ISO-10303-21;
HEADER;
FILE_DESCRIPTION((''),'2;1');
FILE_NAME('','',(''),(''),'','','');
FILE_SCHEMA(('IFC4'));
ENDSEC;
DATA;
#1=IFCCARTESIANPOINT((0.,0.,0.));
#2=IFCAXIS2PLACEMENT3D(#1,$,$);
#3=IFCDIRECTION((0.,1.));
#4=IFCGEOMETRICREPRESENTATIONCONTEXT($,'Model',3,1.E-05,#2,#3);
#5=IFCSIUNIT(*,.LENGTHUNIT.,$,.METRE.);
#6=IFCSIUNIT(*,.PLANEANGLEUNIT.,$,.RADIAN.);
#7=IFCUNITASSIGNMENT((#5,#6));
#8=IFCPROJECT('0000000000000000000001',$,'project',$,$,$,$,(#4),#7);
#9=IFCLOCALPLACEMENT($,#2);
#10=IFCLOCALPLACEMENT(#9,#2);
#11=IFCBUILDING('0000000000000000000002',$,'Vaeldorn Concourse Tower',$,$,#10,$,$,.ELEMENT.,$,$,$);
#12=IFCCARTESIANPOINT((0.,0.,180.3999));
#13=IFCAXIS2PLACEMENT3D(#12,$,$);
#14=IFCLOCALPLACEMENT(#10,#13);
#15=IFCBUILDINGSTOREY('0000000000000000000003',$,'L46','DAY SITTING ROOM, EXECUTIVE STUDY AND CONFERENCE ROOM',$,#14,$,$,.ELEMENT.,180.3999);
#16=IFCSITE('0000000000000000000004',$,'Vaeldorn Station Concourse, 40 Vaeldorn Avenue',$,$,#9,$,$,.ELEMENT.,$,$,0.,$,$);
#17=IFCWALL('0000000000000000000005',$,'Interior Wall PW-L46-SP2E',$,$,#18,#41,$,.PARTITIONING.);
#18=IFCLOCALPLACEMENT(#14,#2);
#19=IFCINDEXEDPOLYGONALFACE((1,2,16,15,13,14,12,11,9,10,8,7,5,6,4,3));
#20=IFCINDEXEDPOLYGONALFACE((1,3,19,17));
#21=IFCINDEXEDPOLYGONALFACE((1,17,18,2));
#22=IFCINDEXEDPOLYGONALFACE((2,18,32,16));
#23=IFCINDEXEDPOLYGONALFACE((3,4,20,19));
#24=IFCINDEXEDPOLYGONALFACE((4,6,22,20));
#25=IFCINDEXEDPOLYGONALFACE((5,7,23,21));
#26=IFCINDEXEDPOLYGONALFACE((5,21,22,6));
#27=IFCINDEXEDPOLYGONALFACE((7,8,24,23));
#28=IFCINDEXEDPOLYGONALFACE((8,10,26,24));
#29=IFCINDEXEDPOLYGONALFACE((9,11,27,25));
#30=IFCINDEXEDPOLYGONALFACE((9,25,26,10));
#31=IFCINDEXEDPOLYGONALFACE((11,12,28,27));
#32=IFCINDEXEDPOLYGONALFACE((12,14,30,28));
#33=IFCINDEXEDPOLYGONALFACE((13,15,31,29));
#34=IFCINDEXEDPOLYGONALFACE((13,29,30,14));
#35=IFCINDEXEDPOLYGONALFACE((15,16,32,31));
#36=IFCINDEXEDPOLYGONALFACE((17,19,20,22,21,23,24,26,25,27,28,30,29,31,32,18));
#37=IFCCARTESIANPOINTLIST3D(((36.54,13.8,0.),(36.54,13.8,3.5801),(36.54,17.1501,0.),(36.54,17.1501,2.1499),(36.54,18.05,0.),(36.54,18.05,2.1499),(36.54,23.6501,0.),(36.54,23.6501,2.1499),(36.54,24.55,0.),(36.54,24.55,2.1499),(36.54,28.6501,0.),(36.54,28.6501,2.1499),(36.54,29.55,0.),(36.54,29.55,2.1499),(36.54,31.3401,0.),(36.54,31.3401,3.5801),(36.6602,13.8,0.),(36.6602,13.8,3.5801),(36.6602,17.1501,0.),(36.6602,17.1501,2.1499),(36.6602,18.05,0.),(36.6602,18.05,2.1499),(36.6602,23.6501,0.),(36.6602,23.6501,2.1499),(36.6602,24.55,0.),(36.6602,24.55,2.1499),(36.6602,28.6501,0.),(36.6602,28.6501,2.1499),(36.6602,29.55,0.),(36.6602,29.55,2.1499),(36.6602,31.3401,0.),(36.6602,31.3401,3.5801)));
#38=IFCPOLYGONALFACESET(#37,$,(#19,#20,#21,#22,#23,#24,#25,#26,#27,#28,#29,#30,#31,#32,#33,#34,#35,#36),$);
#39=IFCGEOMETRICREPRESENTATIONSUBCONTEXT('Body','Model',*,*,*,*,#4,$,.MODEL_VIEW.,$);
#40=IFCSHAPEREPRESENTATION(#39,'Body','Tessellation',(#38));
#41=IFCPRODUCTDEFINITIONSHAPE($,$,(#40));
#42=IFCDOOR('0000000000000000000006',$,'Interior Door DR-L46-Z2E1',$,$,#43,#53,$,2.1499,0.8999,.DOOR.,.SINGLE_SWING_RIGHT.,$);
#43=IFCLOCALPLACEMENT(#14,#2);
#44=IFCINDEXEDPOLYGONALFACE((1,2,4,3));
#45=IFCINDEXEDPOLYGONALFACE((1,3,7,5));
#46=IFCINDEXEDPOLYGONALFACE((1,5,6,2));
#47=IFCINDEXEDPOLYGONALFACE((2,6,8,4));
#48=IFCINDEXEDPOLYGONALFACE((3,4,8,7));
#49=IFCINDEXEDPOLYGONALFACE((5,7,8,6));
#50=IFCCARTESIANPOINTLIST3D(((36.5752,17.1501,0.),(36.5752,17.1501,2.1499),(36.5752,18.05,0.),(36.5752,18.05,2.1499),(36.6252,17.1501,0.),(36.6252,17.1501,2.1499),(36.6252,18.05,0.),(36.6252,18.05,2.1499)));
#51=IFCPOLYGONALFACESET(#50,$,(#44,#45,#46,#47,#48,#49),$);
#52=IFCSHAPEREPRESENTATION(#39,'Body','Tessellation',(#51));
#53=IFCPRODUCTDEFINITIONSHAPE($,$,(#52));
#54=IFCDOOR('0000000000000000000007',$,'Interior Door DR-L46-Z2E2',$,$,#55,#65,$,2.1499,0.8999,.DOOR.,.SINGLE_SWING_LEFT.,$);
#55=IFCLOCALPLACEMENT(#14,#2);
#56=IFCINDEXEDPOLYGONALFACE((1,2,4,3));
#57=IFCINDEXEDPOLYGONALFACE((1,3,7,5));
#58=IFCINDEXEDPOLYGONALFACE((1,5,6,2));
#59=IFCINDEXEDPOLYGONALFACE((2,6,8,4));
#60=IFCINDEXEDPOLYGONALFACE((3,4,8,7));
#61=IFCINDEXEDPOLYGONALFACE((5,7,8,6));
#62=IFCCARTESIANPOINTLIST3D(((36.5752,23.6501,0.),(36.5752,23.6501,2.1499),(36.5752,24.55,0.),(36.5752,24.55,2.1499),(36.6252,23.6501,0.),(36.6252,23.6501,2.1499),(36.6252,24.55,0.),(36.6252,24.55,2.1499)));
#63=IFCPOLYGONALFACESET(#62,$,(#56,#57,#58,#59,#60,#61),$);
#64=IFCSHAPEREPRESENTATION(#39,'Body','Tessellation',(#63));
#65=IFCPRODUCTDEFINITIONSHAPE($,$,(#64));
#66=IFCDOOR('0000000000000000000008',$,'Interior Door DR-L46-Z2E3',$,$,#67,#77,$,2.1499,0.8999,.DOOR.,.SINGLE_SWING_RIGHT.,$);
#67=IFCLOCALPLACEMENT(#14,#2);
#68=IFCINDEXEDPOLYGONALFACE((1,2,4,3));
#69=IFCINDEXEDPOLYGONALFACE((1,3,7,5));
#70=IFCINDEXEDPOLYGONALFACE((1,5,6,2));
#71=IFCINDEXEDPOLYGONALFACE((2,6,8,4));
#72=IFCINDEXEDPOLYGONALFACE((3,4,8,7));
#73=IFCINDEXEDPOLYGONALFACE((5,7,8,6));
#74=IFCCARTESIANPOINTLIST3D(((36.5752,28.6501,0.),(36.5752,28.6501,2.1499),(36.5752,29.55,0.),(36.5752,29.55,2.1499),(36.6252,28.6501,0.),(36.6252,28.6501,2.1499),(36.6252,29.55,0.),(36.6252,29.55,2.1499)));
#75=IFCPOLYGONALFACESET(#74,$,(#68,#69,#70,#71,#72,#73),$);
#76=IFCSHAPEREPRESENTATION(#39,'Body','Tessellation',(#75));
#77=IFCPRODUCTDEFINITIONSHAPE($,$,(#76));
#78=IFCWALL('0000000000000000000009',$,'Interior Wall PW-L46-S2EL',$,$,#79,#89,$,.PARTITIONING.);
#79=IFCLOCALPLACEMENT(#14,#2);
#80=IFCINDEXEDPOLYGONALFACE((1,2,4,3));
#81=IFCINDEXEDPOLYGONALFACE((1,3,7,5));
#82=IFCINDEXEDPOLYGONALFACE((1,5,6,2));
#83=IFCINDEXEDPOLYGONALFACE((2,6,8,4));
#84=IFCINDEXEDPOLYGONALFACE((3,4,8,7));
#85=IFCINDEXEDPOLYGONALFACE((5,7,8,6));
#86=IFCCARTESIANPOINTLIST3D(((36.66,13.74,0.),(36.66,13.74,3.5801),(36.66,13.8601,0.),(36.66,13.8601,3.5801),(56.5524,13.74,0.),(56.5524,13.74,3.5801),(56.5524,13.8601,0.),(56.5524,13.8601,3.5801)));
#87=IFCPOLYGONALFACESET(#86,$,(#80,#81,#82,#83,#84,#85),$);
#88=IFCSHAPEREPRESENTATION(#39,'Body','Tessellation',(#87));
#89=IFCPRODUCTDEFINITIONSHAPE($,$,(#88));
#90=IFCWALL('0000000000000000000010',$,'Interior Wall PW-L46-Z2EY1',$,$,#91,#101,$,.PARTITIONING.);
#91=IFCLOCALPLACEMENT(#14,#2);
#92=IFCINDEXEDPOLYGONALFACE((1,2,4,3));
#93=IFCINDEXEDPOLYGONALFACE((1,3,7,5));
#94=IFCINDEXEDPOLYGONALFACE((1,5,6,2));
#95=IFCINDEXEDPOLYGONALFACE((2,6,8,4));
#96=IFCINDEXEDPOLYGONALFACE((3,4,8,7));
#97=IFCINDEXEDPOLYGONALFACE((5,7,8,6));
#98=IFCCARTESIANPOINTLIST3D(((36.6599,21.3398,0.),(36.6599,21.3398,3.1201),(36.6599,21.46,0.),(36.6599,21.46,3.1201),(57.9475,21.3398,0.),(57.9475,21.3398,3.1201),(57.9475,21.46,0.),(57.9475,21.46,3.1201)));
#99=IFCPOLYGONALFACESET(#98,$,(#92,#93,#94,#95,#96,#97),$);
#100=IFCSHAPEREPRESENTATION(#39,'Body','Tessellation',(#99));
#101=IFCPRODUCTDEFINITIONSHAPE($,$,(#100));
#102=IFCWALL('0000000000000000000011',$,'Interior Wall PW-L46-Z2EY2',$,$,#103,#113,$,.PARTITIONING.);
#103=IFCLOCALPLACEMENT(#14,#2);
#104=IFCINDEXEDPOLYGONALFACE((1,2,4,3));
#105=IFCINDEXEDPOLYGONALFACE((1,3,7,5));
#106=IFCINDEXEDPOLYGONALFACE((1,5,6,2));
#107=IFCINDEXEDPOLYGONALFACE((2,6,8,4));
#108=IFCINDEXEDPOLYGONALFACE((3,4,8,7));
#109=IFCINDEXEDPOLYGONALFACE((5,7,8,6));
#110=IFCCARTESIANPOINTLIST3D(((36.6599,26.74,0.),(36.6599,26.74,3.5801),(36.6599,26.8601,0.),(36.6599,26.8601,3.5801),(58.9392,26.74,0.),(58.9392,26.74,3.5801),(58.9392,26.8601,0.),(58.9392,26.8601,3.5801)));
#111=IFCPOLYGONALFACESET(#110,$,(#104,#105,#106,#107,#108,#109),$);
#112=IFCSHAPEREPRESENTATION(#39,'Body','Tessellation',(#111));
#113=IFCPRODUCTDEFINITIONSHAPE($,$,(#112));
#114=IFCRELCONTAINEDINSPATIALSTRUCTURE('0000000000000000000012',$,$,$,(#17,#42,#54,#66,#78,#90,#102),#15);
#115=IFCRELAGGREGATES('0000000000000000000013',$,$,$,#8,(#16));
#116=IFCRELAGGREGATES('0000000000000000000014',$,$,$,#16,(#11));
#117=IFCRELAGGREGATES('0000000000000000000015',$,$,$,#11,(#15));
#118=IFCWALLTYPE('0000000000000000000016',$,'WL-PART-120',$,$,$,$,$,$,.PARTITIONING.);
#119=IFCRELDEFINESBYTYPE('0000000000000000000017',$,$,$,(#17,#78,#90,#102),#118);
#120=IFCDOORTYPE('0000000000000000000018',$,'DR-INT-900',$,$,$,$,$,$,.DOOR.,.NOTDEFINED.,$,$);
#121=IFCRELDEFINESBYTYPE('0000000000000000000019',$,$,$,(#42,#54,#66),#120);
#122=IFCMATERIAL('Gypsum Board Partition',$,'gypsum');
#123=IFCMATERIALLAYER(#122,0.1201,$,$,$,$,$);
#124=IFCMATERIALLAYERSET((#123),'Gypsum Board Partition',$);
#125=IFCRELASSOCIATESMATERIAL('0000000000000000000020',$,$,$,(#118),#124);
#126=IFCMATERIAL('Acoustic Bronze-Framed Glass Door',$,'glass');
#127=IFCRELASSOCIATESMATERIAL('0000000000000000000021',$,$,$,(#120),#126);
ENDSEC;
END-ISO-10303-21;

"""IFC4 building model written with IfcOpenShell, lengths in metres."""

from ifc_helpers import new_model, si_unit, direction, frame, frame_2d, origin, place, context, subcontext, project, spatial, rectangle, extrude, source, transform, mapped, material, layer, layer_set, type_object, element, fill, save


model = new_model("IFC4")

# Units and contexts
model_context = context("Model", 3, precision=1e-05, world=origin(), true_north=direction((0.0, 1.0)))
body_context = subcontext(model_context, "Body", "Model", "MODEL_VIEW")
ifc_project = project(units=[si_unit("LENGTHUNIT", "METRE"), si_unit("PLANEANGLEUNIT", "RADIAN")], contexts=[model_context])

# Site, building, storey
site_placement = place(None, origin())
site = spatial("IfcSite", under=ifc_project, at=site_placement, Name="Vaeldorn Station Concourse, 40 Vaeldorn Avenue", CompositionType="ELEMENT", RefElevation=0.0)
building_placement = place(site_placement, origin())
building = spatial("IfcBuilding", under=site, at=building_placement, Name="Vaeldorn Concourse Tower", CompositionType="ELEMENT")
storey_placement = place(building_placement, frame((0.0, 0.0, 180.3999)))
storey = spatial("IfcBuildingStorey", under=building, at=storey_placement, Name="L46", Description="DAY SITTING ROOM, EXECUTIVE STUDY AND CONFERENCE ROOM", CompositionType="ELEMENT", Elevation=180.3999)

# Shared definitions
ifc_material_1 = material(Name="Gypsum Board Partition", Category="gypsum")
ifc_layer_1 = layer(ifc_material_1, 0.1201)
ifc_layer_set_1 = layer_set([ifc_layer_1], Name="Gypsum Board Partition")
wall_type_1 = type_object("IfcWallType", Name="WL-PART-120", PredefinedType="PARTITIONING", material=ifc_layer_set_1)

# Wall, openings, doors
wall_1_placement = place(storey_placement, frame((36.6001, 13.8, 0.0), z_axis=(0.0, 0.0, 1.0), x_axis=(0.0, 1.0, 0.0)))
wall_1 = element("IfcWall", 1, at=wall_1_placement, inside=storey, type_object=wall_type_1, Name="Interior Wall PW-L46-SP2E", PredefinedType="PARTITIONING", context=body_context, shape_type="SweptSolid", body=[
    extrude(rectangle(XDim=17.54, YDim=0.1201, at=frame_2d((8.77, 0.0))), origin(), (0.0, 0.0, 1.0), 3.5801),
])
opening_1_placement = place(wall_1_placement, frame((3.3501, 0.0, 0.0)))
opening_1 = element("IfcOpeningElement", 2, at=opening_1_placement, cuts=wall_1, PredefinedType="OPENING", context=body_context, shape_type="SweptSolid", body=[
    extrude(rectangle(XDim=0.8999, YDim=2.1499, at=frame_2d((0.45, 1.075))), frame((0.0, 0.0701, 0.0), z_axis=(0.0, -1.0, 0.0), x_axis=(1.0, 0.0, 0.0)), (0.0, 0.0, 1.0), 0.1401),
])
opening_2_placement = place(wall_1_placement, frame((9.8501, 0.0, 0.0)))
opening_2 = element("IfcOpeningElement", 3, at=opening_2_placement, cuts=wall_1, PredefinedType="OPENING", context=body_context, shape_type="SweptSolid", body=[
    extrude(rectangle(XDim=0.8999, YDim=2.1499, at=frame_2d((0.45, 1.075))), frame((0.0, 0.0701, 0.0), z_axis=(0.0, -1.0, 0.0), x_axis=(1.0, 0.0, 0.0)), (0.0, 0.0, 1.0), 0.1401),
])
opening_3_placement = place(wall_1_placement, frame((14.8501, 0.0, 0.0)))
opening_3 = element("IfcOpeningElement", 4, at=opening_3_placement, cuts=wall_1, PredefinedType="OPENING", context=body_context, shape_type="SweptSolid", body=[
    extrude(rectangle(XDim=0.8999, YDim=2.1499, at=frame_2d((0.45, 1.075))), frame((0.0, 0.0701, 0.0), z_axis=(0.0, -1.0, 0.0), x_axis=(1.0, 0.0, 0.0)), (0.0, 0.0, 1.0), 0.1401),
])
ifc_material_2 = material(Name="Acoustic Bronze-Framed Glass Door", Category="glass")
door_type = type_object("IfcDoorType", Name="DR-INT-900", OperationType="NOTDEFINED", PredefinedType="DOOR", material=ifc_material_2)
shared_shape_1 = source(origin(), body_context, "Body", "SweptSolid", [
    extrude(rectangle(XDim=0.8999, YDim=2.1499, at=frame_2d((0.45, 1.075))), frame((0.0, 0.0249, 0.0), z_axis=(0.0, -1.0, 0.0), x_axis=(1.0, 0.0, 0.0)), (0.0, 0.0, 1.0), 0.05),
])
door_1_placement = place(opening_1_placement, origin())
door_1 = element("IfcDoor", 5, at=door_1_placement, inside=storey, type_object=door_type, Name="Interior Door DR-L46-Z2E1", OperationType="SINGLE_SWING_RIGHT", OverallHeight=2.1499, OverallWidth=0.8999, PredefinedType="DOOR", context=body_context, shape_type="MappedRepresentation", body=[
    mapped(shared_shape_1, transform((0.0, 0.0, 0.0), scale=1.0)),
])
fill(opening_1, door_1)
door_2_placement = place(opening_2_placement, origin())
door_2 = element("IfcDoor", 6, at=door_2_placement, inside=storey, type_object=door_type, Name="Interior Door DR-L46-Z2E2", OperationType="SINGLE_SWING_LEFT", OverallHeight=2.1499, OverallWidth=0.8999, PredefinedType="DOOR", context=body_context, shape_type="MappedRepresentation", body=[
    mapped(shared_shape_1, transform((0.0, 0.0, 0.0), scale=1.0)),
])
fill(opening_2, door_2)
door_3_placement = place(opening_3_placement, origin())
door_3 = element("IfcDoor", 7, at=door_3_placement, inside=storey, type_object=door_type, Name="Interior Door DR-L46-Z2E3", OperationType="SINGLE_SWING_RIGHT", OverallHeight=2.1499, OverallWidth=0.8999, PredefinedType="DOOR", context=body_context, shape_type="MappedRepresentation", body=[
    mapped(shared_shape_1, transform((0.0, 0.0, 0.0), scale=1.0)),
])
fill(opening_3, door_3)

# Walls
wall_2_placement = place(storey_placement, frame((36.6599, 13.8, 0.0), z_axis=(0.0, 0.0, 1.0), x_axis=(1.0, 0.0, 0.0)))
element("IfcWall", 8, at=wall_2_placement, inside=storey, type_object=wall_type_1, Name="Interior Wall PW-L46-S2EL", PredefinedType="PARTITIONING", context=body_context, shape_type="SweptSolid", body=[
    extrude(rectangle(XDim=19.8923, YDim=0.1201, at=frame_2d((9.9463, 0.0))), origin(), (0.0, 0.0, 1.0), 3.5801),
])
wall_3_placement = place(storey_placement, frame((36.6599, 21.3999, 0.0), z_axis=(0.0, 0.0, 1.0), x_axis=(1.0, 0.0, 0.0)))
element("IfcWall", 9, at=wall_3_placement, inside=storey, type_object=wall_type_1, Name="Interior Wall PW-L46-Z2EY1", PredefinedType="PARTITIONING", context=body_context, shape_type="SweptSolid", body=[
    extrude(rectangle(XDim=21.2876, YDim=0.1201, at=frame_2d((10.6438, 0.0))), origin(), (0.0, 0.0, 1.0), 3.1201),
])
wall_4_placement = place(storey_placement, frame((36.6599, 26.8, 0.0), z_axis=(0.0, 0.0, 1.0), x_axis=(1.0, 0.0, 0.0)))
element("IfcWall", 10, at=wall_4_placement, inside=storey, type_object=wall_type_1, Name="Interior Wall PW-L46-Z2EY2", PredefinedType="PARTITIONING", context=body_context, shape_type="SweptSolid", body=[
    extrude(rectangle(XDim=22.2793, YDim=0.1201, at=frame_2d((11.1396, 0.0))), origin(), (0.0, 0.0, 1.0), 3.5801),
])

save(model, "model.ifc")
